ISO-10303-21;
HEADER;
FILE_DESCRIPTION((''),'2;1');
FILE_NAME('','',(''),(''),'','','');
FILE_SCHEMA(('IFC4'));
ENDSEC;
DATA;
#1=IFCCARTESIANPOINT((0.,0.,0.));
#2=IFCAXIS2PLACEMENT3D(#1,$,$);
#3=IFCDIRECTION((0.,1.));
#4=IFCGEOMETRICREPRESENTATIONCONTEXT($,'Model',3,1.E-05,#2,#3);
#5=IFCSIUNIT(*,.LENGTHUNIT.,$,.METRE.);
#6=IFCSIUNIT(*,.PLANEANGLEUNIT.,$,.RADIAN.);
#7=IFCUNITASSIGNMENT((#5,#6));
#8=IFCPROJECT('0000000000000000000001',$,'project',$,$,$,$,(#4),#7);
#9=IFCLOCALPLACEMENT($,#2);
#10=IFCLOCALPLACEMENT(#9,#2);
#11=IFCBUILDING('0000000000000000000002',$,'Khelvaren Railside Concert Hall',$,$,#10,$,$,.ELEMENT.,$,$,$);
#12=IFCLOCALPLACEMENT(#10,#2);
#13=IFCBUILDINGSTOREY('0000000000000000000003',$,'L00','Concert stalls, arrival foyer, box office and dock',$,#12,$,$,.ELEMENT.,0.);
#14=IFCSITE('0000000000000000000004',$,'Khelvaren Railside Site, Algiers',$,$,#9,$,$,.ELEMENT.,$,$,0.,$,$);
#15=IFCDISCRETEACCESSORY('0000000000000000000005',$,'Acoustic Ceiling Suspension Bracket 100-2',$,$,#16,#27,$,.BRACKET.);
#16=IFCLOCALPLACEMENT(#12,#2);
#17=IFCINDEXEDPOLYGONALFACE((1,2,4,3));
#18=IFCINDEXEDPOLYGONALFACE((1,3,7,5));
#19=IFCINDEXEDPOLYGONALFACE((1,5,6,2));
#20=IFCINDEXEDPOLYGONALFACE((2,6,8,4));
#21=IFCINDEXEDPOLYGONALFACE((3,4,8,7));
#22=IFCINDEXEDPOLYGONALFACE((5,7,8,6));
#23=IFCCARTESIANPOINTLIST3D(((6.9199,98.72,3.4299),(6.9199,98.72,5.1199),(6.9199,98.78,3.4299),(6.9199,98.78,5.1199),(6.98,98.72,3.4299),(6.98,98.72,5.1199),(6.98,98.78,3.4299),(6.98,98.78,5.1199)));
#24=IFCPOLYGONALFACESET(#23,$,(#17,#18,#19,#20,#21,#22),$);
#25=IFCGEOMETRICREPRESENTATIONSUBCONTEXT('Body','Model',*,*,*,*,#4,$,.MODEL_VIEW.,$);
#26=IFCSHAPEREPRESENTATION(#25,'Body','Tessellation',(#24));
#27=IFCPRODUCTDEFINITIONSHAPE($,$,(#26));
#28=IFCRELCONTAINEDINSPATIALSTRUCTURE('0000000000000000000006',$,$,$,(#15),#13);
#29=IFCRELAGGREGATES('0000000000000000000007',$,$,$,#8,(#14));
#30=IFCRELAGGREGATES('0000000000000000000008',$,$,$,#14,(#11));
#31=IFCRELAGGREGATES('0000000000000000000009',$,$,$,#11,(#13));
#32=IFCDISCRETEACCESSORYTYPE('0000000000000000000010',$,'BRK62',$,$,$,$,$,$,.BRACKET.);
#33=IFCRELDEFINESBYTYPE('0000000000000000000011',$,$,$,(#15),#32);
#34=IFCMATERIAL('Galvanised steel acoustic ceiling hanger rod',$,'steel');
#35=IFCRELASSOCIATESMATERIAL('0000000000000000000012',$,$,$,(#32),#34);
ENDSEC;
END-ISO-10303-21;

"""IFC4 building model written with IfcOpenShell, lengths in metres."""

from ifc_helpers import new_model, si_unit, direction, frame, origin, origin_2d, place, context, subcontext, project, spatial, rectangle, extrude, material, type_object, element, save


model = new_model("IFC4")

# Units and contexts
model_context = context("Model", 3, precision=1e-05, world=origin(), true_north=direction((0.0, 1.0)))
body_context = subcontext(model_context, "Body", "Model", "MODEL_VIEW")
ifc_project = project(units=[si_unit("LENGTHUNIT", "METRE"), si_unit("PLANEANGLEUNIT", "RADIAN")], contexts=[model_context])

# Site, building, storey
site_placement = place(None, origin())
site = spatial("IfcSite", under=ifc_project, at=site_placement, Name="Khelvaren Railside Site, Algiers", CompositionType="ELEMENT", RefElevation=0.0)
building_placement = place(site_placement, origin())
building = spatial("IfcBuilding", under=site, at=building_placement, Name="Khelvaren Railside Concert Hall", CompositionType="ELEMENT")
storey_placement = place(building_placement, origin())
storey = spatial("IfcBuildingStorey", under=building, at=storey_placement, Name="L00", Description="Concert stalls, arrival foyer, box office and dock", CompositionType="ELEMENT", Elevation=0.0)

# Discrete accessory
ifc_material_1 = material(Name="Galvanised steel acoustic ceiling hanger rod", Category="steel")
discrete_accessory_type = type_object("IfcDiscreteAccessoryType", Name="BRK62", PredefinedType="BRACKET", material=ifc_material_1)
discrete_accessory_placement = place(storey_placement, frame((6.95, 98.75, 3.4299), z_axis=(0.0, 0.0, 1.0), x_axis=(1.0, 0.0, 0.0)))
element("IfcDiscreteAccessory", 1, at=discrete_accessory_placement, inside=storey, type_object=discrete_accessory_type, Name="Acoustic Ceiling Suspension Bracket 100-2", PredefinedType="BRACKET", context=body_context, shape_type="SweptSolid", body=[
    extrude(rectangle(XDim=0.0601, YDim=0.0601, at=origin_2d()), origin(), (0.0, 0.0, 1.0), 1.6899),
])

save(model, "model.ifc")
